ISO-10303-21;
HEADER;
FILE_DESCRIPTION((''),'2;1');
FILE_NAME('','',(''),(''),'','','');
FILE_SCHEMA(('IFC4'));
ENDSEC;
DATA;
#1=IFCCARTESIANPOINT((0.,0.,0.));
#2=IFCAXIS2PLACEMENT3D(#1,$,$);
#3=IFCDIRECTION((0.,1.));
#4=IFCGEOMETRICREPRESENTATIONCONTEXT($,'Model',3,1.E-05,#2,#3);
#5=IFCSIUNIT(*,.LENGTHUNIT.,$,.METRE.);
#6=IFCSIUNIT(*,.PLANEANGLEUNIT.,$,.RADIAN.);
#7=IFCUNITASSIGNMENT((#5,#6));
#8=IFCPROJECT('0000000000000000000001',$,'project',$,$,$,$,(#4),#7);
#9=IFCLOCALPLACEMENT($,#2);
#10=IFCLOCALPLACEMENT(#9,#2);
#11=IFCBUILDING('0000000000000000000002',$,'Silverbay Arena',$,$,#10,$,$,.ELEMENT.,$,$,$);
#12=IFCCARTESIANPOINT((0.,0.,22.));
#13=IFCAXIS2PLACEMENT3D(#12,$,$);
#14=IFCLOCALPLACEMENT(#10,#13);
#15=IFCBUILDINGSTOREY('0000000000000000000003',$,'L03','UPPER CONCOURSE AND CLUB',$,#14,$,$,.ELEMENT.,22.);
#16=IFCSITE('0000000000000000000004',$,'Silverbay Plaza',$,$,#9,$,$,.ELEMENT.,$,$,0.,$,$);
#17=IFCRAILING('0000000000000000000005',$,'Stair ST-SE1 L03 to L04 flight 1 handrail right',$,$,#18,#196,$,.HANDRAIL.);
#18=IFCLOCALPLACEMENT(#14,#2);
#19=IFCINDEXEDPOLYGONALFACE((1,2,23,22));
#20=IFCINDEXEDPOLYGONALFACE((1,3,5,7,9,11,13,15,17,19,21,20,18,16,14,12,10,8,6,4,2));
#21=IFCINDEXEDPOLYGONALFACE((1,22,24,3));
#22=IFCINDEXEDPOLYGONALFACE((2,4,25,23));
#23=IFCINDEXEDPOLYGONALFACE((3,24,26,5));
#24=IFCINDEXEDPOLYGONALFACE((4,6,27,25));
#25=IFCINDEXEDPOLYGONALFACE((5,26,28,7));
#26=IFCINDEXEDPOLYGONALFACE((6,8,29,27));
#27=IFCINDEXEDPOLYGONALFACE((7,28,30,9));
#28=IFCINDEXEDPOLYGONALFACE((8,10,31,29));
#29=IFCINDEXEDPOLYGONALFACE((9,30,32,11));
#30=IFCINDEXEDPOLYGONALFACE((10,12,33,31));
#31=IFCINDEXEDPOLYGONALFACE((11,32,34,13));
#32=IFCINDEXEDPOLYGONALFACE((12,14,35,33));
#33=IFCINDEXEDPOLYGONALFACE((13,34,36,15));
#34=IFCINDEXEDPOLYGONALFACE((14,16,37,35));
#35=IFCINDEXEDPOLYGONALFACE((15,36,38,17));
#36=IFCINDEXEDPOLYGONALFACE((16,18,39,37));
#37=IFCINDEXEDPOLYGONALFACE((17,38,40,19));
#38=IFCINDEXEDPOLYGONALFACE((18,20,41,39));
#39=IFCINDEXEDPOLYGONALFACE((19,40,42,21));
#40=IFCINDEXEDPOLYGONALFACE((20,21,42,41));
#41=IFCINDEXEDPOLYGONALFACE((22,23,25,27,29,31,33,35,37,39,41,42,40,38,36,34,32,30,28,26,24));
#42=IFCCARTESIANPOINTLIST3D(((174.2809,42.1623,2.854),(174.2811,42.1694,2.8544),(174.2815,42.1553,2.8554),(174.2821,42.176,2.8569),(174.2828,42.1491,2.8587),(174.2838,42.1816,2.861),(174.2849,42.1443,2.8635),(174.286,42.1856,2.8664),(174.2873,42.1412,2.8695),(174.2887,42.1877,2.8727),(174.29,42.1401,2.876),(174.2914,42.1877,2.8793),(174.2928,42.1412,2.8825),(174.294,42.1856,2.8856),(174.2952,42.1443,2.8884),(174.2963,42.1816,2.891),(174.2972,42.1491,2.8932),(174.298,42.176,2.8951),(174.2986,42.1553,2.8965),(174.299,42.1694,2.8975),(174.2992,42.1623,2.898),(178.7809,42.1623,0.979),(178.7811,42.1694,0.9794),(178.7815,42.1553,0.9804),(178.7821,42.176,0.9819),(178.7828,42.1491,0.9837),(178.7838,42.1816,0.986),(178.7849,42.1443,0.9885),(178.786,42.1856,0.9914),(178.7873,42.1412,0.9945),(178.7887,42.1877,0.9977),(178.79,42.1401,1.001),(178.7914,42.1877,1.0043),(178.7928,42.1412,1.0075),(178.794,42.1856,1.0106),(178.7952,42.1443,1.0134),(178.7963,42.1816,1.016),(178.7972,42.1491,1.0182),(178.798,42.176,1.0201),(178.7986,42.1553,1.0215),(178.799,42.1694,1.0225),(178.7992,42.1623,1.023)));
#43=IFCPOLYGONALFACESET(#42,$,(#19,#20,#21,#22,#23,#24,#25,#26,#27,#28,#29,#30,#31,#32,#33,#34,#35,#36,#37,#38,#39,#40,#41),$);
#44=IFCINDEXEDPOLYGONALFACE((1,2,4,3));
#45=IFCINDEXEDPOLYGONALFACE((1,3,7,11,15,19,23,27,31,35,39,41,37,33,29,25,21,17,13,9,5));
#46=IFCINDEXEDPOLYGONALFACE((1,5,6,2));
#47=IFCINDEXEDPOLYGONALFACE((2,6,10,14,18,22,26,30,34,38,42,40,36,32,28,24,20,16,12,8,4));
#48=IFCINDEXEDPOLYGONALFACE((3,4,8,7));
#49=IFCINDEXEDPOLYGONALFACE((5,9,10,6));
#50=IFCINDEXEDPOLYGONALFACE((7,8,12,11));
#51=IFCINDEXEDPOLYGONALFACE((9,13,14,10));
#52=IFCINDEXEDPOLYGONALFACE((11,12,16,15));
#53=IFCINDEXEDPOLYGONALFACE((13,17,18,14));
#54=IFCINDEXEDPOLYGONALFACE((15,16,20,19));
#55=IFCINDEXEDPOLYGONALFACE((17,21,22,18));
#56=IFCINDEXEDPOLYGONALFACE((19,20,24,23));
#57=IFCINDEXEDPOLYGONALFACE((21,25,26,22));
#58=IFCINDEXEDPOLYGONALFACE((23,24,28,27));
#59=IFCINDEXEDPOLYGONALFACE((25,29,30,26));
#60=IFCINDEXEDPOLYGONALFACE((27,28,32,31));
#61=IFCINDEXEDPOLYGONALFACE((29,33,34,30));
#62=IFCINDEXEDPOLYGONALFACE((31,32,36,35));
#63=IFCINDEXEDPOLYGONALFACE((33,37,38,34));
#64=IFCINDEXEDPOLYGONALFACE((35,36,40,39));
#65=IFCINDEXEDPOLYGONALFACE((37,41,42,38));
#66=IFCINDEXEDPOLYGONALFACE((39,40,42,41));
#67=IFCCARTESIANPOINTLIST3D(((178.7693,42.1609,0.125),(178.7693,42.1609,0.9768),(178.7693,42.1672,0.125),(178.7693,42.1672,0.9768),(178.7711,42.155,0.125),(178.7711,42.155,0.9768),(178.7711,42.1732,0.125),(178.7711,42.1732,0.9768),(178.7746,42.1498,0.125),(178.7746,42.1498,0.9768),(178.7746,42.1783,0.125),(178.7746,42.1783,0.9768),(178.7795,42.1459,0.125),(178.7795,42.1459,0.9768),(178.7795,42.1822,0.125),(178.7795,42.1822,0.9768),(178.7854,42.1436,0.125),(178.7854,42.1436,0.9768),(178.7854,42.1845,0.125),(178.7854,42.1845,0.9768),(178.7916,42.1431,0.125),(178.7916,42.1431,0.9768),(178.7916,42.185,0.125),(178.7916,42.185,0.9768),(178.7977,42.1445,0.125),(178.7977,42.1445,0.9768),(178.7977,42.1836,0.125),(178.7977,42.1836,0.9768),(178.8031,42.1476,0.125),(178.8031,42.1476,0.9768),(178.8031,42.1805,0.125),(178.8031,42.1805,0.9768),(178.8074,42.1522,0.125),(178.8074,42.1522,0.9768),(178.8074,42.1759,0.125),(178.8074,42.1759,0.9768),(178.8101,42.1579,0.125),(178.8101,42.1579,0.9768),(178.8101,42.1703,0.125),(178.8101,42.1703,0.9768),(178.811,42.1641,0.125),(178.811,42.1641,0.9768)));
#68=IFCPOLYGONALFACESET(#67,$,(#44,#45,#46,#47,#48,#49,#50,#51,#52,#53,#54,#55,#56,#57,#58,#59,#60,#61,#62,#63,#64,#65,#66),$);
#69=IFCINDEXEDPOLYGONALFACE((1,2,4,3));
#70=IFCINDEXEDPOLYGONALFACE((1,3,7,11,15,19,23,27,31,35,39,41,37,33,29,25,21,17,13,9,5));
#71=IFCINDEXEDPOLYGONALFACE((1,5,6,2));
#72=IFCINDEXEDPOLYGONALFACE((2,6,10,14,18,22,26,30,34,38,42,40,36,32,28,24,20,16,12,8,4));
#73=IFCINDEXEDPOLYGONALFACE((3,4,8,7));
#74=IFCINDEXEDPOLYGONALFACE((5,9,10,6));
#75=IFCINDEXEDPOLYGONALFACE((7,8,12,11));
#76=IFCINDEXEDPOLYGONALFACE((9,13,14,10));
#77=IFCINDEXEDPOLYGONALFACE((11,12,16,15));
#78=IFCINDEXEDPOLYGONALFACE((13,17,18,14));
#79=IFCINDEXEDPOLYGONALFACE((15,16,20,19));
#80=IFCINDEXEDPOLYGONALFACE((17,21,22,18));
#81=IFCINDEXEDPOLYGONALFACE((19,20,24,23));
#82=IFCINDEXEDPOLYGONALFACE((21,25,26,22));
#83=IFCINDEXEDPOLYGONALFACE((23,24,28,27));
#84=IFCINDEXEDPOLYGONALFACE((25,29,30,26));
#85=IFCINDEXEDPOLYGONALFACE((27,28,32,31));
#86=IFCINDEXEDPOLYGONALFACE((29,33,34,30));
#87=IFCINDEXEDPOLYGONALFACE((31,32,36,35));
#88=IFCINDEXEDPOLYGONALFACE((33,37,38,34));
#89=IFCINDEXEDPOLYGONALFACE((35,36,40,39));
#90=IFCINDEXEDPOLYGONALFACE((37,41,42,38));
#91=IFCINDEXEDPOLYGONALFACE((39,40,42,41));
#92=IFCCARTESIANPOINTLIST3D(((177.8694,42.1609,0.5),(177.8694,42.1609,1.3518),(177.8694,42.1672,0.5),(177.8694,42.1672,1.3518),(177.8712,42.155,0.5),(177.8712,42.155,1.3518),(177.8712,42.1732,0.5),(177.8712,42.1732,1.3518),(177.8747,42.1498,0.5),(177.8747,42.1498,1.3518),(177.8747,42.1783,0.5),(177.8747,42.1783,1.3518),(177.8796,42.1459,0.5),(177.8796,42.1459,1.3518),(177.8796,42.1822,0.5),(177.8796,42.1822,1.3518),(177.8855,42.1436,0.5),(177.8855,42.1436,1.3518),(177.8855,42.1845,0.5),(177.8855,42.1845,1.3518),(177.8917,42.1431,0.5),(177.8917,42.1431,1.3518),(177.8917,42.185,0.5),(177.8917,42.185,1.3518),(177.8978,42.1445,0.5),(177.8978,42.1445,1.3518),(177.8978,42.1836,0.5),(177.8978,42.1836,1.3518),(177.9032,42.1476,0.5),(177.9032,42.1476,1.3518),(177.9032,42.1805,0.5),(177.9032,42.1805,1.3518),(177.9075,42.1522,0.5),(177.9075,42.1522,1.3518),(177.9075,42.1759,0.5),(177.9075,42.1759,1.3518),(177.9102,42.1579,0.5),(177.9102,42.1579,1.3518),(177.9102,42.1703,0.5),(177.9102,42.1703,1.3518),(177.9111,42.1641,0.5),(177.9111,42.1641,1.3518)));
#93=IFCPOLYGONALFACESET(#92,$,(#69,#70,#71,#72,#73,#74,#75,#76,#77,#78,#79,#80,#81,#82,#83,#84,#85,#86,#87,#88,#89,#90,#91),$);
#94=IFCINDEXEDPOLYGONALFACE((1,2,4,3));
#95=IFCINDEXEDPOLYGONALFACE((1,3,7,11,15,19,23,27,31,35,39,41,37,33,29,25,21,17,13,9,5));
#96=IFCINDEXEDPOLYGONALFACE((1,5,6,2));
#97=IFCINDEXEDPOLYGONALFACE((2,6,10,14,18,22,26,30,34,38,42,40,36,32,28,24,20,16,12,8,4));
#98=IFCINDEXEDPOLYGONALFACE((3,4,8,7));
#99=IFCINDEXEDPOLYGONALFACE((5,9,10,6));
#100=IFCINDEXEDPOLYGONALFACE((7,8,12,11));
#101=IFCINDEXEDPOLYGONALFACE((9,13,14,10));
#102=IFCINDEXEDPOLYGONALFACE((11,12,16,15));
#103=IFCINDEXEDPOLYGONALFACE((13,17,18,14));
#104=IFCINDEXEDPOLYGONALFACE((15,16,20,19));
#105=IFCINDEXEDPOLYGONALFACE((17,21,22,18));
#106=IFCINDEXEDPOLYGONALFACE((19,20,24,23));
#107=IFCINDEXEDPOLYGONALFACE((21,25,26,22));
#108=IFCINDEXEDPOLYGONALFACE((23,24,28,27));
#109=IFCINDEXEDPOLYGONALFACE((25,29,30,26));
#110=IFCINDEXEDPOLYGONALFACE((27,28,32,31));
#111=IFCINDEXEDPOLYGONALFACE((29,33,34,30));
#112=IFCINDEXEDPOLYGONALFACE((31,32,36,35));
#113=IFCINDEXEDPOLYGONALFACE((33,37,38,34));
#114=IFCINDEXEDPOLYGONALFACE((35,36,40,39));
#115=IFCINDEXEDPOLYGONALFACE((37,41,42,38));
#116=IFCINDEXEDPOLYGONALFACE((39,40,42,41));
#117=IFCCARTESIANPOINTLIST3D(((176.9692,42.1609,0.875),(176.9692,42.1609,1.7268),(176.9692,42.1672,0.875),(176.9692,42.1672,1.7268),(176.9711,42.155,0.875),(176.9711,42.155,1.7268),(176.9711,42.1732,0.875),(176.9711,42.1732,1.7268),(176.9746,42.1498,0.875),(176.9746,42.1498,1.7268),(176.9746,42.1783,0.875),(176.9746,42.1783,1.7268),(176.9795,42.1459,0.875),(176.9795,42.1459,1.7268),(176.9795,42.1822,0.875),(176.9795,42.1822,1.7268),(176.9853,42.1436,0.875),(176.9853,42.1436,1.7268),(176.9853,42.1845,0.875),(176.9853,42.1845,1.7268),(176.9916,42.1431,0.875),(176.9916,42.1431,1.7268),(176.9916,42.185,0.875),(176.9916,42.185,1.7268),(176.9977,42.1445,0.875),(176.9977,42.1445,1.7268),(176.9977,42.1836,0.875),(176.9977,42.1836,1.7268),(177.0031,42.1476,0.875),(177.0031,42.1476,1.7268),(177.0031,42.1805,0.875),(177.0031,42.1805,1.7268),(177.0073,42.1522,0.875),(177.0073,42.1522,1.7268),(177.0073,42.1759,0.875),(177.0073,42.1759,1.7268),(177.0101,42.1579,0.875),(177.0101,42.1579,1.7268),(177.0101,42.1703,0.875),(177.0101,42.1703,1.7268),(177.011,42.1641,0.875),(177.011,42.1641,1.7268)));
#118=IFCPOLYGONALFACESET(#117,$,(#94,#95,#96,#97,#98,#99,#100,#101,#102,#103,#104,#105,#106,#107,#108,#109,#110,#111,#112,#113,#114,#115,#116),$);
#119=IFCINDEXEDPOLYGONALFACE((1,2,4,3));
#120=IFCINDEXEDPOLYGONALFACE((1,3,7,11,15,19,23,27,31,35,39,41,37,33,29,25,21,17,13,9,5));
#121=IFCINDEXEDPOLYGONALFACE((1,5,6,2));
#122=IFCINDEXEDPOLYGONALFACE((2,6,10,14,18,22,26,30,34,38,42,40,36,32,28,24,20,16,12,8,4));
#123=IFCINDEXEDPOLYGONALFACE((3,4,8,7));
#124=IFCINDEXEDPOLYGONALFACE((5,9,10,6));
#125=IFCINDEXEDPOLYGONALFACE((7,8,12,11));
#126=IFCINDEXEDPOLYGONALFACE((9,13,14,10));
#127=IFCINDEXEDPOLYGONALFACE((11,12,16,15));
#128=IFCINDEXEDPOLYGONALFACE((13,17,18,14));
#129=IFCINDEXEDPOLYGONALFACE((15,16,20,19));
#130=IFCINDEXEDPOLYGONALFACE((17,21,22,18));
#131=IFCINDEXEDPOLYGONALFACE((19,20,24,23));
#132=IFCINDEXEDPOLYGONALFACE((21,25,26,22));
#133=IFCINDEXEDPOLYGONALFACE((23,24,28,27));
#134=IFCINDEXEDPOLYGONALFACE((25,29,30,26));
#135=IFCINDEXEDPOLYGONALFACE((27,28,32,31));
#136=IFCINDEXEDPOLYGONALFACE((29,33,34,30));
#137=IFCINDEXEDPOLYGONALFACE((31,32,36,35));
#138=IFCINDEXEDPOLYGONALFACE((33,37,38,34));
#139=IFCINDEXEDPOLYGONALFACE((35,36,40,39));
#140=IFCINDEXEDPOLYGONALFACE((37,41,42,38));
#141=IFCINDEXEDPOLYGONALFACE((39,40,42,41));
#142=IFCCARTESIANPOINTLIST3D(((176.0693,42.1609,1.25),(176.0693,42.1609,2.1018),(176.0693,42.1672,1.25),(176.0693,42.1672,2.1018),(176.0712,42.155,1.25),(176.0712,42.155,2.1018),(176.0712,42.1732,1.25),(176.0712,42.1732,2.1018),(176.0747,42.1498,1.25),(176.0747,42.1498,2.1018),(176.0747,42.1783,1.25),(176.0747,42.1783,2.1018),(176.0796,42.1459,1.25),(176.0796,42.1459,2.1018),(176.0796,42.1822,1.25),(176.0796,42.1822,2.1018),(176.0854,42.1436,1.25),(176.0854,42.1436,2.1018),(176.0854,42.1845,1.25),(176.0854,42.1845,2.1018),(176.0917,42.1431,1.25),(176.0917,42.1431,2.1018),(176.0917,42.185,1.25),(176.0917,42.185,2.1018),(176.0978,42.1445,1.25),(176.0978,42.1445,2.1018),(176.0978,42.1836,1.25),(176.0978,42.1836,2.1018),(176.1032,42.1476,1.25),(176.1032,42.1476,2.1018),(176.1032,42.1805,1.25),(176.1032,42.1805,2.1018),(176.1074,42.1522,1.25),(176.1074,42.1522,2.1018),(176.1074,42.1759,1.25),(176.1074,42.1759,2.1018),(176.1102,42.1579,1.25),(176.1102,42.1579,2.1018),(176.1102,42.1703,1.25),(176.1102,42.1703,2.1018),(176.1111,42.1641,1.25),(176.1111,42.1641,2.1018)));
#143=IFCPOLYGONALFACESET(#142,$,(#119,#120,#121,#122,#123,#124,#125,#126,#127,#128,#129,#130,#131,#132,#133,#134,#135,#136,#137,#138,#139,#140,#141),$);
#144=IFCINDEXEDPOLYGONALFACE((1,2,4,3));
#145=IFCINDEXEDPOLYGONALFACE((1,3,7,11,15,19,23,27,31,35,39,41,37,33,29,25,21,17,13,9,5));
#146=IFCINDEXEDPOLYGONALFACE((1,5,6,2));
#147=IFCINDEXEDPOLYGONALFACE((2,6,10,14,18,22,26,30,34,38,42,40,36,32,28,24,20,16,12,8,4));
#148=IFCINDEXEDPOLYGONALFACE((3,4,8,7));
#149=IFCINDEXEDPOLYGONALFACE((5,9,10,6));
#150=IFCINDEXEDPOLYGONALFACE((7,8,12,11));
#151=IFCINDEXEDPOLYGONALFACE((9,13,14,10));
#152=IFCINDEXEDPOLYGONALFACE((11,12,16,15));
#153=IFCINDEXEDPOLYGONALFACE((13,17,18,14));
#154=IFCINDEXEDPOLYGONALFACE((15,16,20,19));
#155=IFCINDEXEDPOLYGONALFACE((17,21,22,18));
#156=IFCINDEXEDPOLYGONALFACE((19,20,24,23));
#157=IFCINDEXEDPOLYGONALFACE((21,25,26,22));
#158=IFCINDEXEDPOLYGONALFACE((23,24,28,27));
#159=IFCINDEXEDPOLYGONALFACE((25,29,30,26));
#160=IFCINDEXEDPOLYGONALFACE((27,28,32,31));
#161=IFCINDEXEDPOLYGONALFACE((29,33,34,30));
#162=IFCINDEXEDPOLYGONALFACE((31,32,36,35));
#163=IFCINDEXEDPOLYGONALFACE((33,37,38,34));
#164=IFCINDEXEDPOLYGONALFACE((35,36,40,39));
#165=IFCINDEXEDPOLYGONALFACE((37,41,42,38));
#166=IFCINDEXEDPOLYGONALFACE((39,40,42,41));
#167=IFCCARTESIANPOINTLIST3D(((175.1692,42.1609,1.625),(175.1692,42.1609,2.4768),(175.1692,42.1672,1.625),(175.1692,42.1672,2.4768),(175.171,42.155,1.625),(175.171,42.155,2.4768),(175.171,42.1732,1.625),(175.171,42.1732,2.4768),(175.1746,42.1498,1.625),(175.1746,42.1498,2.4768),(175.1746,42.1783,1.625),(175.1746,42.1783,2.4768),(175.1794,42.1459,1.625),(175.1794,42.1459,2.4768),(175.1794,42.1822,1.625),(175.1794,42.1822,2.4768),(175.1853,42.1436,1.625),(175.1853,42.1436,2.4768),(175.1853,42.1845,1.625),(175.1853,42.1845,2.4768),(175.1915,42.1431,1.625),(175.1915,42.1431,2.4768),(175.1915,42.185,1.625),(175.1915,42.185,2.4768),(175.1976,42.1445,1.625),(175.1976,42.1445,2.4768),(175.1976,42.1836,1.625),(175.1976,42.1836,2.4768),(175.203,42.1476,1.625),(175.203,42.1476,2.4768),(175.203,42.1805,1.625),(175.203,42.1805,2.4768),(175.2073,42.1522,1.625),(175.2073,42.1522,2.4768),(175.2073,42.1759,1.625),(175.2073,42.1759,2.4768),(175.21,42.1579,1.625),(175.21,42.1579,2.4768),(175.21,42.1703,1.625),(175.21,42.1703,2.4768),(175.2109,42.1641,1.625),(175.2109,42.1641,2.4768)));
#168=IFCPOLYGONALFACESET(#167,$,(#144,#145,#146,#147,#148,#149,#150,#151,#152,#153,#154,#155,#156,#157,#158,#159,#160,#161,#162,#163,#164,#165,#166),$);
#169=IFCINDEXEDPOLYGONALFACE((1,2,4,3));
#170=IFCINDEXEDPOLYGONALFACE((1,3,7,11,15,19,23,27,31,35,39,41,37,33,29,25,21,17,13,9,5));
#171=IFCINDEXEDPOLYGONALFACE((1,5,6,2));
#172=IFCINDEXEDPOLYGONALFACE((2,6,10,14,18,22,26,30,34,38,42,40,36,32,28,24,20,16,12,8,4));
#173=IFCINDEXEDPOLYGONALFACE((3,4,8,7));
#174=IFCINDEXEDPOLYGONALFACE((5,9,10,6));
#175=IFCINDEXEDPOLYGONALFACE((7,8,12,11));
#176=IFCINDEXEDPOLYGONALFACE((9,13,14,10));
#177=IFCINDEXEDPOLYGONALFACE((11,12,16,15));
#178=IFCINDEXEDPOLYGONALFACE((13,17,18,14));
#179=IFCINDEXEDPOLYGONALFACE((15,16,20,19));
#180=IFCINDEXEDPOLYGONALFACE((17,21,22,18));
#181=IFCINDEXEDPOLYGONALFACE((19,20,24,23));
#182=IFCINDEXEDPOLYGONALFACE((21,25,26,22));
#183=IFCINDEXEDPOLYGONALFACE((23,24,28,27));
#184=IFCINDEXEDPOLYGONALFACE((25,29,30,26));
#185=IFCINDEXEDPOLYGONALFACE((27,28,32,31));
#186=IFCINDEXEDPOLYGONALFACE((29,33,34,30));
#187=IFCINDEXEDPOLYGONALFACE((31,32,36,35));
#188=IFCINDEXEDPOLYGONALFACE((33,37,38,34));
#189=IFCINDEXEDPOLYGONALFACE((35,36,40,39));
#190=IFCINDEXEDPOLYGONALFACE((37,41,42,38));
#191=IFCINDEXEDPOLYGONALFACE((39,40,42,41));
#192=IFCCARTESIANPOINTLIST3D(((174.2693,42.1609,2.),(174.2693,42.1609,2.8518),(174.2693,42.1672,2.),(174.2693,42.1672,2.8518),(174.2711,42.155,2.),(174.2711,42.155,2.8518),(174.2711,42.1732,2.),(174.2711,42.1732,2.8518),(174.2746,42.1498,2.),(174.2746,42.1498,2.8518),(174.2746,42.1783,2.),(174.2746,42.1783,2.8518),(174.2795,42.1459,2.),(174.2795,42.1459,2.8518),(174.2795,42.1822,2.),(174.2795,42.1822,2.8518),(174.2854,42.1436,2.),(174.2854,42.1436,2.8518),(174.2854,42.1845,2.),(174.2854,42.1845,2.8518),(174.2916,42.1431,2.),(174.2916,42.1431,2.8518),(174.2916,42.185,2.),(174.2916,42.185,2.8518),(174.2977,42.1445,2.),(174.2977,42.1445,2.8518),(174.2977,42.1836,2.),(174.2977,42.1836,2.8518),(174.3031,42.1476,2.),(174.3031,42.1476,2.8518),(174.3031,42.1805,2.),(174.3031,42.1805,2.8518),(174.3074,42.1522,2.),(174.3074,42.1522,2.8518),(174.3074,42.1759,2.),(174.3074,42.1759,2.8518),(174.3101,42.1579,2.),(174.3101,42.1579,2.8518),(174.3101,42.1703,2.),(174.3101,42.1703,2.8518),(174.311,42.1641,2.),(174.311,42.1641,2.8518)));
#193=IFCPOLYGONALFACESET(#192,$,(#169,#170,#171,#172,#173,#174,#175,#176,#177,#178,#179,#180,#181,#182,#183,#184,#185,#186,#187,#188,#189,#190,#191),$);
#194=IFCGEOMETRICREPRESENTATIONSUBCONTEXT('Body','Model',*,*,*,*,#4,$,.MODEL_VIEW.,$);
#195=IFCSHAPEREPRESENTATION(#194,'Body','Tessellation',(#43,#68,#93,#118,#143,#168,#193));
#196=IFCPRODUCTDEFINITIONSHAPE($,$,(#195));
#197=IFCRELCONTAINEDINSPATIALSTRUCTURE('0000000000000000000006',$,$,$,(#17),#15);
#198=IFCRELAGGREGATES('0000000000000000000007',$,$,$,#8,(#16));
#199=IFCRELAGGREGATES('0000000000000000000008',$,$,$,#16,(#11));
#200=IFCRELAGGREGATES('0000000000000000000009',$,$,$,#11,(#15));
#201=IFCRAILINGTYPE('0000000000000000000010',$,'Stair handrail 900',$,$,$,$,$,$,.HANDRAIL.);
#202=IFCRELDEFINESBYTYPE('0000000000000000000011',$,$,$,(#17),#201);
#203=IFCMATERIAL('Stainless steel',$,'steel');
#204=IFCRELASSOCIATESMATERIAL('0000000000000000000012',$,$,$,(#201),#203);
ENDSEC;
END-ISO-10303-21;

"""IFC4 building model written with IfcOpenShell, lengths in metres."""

from ifc_helpers import new_model, si_unit, direction, frame, origin, origin_2d, place, context, subcontext, project, spatial, circle, extrude, material, type_object, element, save


model = new_model("IFC4")

# Units and contexts
model_context = context("Model", 3, precision=1e-05, world=origin(), true_north=direction((0.0, 1.0)))
body_context = subcontext(model_context, "Body", "Model", "MODEL_VIEW")
ifc_project = project(units=[si_unit("LENGTHUNIT", "METRE"), si_unit("PLANEANGLEUNIT", "RADIAN")], contexts=[model_context])

# Site, building, storey
site_placement = place(None, origin())
site = spatial("IfcSite", under=ifc_project, at=site_placement, Name="Silverbay Plaza", CompositionType="ELEMENT", RefElevation=0.0)
building_placement = place(site_placement, origin())
building = spatial("IfcBuilding", under=site, at=building_placement, Name="Silverbay Arena", CompositionType="ELEMENT")
storey_placement = place(building_placement, frame((0.0, 0.0, 22.0)))
storey = spatial("IfcBuildingStorey", under=building, at=storey_placement, Name="L03", Description="UPPER CONCOURSE AND CLUB", CompositionType="ELEMENT", Elevation=22.0)

# Railing
ifc_material_1 = material(Name="Stainless steel", Category="steel")
railing_type_1 = type_object("IfcRailingType", Name="Stair handrail 900", PredefinedType="HANDRAIL", material=ifc_material_1)
for number, where, name in (
    (1, (178.79, 42.1641, 0.125), "Stair ST-SE1 L03 to L04 flight 1 handrail right"),
):
    element("IfcRailing", number, at=place(storey_placement, frame(where)), inside=storey, type_object=railing_type_1, Name=name, PredefinedType="HANDRAIL", context=body_context, shape_type="SweptSolid", body=[
        extrude(circle(Radius=0.0239, at=origin_2d()), frame((0.0, 0.0, 0.876), z_axis=(-0.923077, 0.0, 0.384615), x_axis=(0.0, -1.0, 0.0)), (0.0, 0.0, 1.0), 4.875),
        extrude(circle(Radius=0.021, at=origin_2d()), origin(), (0.0, 0.0, 1.0), 0.8518),
        extrude(circle(Radius=0.021, at=origin_2d()), frame((-0.8999, 0.0, 0.375)), (0.0, 0.0, 1.0), 0.8518),
        extrude(circle(Radius=0.021, at=origin_2d()), frame((-1.8, 0.0, 0.75)), (0.0, 0.0, 1.0), 0.8518),
        extrude(circle(Radius=0.021, at=origin_2d()), frame((-2.7, 0.0, 1.125)), (0.0, 0.0, 1.0), 0.8518),
        extrude(circle(Radius=0.021, at=origin_2d()), frame((-3.6001, 0.0, 1.5)), (0.0, 0.0, 1.0), 0.8518),
        extrude(circle(Radius=0.021, at=origin_2d()), frame((-4.5, 0.0, 1.875)), (0.0, 0.0, 1.0), 0.8518),
    ])

save(model, "model.ifc")
